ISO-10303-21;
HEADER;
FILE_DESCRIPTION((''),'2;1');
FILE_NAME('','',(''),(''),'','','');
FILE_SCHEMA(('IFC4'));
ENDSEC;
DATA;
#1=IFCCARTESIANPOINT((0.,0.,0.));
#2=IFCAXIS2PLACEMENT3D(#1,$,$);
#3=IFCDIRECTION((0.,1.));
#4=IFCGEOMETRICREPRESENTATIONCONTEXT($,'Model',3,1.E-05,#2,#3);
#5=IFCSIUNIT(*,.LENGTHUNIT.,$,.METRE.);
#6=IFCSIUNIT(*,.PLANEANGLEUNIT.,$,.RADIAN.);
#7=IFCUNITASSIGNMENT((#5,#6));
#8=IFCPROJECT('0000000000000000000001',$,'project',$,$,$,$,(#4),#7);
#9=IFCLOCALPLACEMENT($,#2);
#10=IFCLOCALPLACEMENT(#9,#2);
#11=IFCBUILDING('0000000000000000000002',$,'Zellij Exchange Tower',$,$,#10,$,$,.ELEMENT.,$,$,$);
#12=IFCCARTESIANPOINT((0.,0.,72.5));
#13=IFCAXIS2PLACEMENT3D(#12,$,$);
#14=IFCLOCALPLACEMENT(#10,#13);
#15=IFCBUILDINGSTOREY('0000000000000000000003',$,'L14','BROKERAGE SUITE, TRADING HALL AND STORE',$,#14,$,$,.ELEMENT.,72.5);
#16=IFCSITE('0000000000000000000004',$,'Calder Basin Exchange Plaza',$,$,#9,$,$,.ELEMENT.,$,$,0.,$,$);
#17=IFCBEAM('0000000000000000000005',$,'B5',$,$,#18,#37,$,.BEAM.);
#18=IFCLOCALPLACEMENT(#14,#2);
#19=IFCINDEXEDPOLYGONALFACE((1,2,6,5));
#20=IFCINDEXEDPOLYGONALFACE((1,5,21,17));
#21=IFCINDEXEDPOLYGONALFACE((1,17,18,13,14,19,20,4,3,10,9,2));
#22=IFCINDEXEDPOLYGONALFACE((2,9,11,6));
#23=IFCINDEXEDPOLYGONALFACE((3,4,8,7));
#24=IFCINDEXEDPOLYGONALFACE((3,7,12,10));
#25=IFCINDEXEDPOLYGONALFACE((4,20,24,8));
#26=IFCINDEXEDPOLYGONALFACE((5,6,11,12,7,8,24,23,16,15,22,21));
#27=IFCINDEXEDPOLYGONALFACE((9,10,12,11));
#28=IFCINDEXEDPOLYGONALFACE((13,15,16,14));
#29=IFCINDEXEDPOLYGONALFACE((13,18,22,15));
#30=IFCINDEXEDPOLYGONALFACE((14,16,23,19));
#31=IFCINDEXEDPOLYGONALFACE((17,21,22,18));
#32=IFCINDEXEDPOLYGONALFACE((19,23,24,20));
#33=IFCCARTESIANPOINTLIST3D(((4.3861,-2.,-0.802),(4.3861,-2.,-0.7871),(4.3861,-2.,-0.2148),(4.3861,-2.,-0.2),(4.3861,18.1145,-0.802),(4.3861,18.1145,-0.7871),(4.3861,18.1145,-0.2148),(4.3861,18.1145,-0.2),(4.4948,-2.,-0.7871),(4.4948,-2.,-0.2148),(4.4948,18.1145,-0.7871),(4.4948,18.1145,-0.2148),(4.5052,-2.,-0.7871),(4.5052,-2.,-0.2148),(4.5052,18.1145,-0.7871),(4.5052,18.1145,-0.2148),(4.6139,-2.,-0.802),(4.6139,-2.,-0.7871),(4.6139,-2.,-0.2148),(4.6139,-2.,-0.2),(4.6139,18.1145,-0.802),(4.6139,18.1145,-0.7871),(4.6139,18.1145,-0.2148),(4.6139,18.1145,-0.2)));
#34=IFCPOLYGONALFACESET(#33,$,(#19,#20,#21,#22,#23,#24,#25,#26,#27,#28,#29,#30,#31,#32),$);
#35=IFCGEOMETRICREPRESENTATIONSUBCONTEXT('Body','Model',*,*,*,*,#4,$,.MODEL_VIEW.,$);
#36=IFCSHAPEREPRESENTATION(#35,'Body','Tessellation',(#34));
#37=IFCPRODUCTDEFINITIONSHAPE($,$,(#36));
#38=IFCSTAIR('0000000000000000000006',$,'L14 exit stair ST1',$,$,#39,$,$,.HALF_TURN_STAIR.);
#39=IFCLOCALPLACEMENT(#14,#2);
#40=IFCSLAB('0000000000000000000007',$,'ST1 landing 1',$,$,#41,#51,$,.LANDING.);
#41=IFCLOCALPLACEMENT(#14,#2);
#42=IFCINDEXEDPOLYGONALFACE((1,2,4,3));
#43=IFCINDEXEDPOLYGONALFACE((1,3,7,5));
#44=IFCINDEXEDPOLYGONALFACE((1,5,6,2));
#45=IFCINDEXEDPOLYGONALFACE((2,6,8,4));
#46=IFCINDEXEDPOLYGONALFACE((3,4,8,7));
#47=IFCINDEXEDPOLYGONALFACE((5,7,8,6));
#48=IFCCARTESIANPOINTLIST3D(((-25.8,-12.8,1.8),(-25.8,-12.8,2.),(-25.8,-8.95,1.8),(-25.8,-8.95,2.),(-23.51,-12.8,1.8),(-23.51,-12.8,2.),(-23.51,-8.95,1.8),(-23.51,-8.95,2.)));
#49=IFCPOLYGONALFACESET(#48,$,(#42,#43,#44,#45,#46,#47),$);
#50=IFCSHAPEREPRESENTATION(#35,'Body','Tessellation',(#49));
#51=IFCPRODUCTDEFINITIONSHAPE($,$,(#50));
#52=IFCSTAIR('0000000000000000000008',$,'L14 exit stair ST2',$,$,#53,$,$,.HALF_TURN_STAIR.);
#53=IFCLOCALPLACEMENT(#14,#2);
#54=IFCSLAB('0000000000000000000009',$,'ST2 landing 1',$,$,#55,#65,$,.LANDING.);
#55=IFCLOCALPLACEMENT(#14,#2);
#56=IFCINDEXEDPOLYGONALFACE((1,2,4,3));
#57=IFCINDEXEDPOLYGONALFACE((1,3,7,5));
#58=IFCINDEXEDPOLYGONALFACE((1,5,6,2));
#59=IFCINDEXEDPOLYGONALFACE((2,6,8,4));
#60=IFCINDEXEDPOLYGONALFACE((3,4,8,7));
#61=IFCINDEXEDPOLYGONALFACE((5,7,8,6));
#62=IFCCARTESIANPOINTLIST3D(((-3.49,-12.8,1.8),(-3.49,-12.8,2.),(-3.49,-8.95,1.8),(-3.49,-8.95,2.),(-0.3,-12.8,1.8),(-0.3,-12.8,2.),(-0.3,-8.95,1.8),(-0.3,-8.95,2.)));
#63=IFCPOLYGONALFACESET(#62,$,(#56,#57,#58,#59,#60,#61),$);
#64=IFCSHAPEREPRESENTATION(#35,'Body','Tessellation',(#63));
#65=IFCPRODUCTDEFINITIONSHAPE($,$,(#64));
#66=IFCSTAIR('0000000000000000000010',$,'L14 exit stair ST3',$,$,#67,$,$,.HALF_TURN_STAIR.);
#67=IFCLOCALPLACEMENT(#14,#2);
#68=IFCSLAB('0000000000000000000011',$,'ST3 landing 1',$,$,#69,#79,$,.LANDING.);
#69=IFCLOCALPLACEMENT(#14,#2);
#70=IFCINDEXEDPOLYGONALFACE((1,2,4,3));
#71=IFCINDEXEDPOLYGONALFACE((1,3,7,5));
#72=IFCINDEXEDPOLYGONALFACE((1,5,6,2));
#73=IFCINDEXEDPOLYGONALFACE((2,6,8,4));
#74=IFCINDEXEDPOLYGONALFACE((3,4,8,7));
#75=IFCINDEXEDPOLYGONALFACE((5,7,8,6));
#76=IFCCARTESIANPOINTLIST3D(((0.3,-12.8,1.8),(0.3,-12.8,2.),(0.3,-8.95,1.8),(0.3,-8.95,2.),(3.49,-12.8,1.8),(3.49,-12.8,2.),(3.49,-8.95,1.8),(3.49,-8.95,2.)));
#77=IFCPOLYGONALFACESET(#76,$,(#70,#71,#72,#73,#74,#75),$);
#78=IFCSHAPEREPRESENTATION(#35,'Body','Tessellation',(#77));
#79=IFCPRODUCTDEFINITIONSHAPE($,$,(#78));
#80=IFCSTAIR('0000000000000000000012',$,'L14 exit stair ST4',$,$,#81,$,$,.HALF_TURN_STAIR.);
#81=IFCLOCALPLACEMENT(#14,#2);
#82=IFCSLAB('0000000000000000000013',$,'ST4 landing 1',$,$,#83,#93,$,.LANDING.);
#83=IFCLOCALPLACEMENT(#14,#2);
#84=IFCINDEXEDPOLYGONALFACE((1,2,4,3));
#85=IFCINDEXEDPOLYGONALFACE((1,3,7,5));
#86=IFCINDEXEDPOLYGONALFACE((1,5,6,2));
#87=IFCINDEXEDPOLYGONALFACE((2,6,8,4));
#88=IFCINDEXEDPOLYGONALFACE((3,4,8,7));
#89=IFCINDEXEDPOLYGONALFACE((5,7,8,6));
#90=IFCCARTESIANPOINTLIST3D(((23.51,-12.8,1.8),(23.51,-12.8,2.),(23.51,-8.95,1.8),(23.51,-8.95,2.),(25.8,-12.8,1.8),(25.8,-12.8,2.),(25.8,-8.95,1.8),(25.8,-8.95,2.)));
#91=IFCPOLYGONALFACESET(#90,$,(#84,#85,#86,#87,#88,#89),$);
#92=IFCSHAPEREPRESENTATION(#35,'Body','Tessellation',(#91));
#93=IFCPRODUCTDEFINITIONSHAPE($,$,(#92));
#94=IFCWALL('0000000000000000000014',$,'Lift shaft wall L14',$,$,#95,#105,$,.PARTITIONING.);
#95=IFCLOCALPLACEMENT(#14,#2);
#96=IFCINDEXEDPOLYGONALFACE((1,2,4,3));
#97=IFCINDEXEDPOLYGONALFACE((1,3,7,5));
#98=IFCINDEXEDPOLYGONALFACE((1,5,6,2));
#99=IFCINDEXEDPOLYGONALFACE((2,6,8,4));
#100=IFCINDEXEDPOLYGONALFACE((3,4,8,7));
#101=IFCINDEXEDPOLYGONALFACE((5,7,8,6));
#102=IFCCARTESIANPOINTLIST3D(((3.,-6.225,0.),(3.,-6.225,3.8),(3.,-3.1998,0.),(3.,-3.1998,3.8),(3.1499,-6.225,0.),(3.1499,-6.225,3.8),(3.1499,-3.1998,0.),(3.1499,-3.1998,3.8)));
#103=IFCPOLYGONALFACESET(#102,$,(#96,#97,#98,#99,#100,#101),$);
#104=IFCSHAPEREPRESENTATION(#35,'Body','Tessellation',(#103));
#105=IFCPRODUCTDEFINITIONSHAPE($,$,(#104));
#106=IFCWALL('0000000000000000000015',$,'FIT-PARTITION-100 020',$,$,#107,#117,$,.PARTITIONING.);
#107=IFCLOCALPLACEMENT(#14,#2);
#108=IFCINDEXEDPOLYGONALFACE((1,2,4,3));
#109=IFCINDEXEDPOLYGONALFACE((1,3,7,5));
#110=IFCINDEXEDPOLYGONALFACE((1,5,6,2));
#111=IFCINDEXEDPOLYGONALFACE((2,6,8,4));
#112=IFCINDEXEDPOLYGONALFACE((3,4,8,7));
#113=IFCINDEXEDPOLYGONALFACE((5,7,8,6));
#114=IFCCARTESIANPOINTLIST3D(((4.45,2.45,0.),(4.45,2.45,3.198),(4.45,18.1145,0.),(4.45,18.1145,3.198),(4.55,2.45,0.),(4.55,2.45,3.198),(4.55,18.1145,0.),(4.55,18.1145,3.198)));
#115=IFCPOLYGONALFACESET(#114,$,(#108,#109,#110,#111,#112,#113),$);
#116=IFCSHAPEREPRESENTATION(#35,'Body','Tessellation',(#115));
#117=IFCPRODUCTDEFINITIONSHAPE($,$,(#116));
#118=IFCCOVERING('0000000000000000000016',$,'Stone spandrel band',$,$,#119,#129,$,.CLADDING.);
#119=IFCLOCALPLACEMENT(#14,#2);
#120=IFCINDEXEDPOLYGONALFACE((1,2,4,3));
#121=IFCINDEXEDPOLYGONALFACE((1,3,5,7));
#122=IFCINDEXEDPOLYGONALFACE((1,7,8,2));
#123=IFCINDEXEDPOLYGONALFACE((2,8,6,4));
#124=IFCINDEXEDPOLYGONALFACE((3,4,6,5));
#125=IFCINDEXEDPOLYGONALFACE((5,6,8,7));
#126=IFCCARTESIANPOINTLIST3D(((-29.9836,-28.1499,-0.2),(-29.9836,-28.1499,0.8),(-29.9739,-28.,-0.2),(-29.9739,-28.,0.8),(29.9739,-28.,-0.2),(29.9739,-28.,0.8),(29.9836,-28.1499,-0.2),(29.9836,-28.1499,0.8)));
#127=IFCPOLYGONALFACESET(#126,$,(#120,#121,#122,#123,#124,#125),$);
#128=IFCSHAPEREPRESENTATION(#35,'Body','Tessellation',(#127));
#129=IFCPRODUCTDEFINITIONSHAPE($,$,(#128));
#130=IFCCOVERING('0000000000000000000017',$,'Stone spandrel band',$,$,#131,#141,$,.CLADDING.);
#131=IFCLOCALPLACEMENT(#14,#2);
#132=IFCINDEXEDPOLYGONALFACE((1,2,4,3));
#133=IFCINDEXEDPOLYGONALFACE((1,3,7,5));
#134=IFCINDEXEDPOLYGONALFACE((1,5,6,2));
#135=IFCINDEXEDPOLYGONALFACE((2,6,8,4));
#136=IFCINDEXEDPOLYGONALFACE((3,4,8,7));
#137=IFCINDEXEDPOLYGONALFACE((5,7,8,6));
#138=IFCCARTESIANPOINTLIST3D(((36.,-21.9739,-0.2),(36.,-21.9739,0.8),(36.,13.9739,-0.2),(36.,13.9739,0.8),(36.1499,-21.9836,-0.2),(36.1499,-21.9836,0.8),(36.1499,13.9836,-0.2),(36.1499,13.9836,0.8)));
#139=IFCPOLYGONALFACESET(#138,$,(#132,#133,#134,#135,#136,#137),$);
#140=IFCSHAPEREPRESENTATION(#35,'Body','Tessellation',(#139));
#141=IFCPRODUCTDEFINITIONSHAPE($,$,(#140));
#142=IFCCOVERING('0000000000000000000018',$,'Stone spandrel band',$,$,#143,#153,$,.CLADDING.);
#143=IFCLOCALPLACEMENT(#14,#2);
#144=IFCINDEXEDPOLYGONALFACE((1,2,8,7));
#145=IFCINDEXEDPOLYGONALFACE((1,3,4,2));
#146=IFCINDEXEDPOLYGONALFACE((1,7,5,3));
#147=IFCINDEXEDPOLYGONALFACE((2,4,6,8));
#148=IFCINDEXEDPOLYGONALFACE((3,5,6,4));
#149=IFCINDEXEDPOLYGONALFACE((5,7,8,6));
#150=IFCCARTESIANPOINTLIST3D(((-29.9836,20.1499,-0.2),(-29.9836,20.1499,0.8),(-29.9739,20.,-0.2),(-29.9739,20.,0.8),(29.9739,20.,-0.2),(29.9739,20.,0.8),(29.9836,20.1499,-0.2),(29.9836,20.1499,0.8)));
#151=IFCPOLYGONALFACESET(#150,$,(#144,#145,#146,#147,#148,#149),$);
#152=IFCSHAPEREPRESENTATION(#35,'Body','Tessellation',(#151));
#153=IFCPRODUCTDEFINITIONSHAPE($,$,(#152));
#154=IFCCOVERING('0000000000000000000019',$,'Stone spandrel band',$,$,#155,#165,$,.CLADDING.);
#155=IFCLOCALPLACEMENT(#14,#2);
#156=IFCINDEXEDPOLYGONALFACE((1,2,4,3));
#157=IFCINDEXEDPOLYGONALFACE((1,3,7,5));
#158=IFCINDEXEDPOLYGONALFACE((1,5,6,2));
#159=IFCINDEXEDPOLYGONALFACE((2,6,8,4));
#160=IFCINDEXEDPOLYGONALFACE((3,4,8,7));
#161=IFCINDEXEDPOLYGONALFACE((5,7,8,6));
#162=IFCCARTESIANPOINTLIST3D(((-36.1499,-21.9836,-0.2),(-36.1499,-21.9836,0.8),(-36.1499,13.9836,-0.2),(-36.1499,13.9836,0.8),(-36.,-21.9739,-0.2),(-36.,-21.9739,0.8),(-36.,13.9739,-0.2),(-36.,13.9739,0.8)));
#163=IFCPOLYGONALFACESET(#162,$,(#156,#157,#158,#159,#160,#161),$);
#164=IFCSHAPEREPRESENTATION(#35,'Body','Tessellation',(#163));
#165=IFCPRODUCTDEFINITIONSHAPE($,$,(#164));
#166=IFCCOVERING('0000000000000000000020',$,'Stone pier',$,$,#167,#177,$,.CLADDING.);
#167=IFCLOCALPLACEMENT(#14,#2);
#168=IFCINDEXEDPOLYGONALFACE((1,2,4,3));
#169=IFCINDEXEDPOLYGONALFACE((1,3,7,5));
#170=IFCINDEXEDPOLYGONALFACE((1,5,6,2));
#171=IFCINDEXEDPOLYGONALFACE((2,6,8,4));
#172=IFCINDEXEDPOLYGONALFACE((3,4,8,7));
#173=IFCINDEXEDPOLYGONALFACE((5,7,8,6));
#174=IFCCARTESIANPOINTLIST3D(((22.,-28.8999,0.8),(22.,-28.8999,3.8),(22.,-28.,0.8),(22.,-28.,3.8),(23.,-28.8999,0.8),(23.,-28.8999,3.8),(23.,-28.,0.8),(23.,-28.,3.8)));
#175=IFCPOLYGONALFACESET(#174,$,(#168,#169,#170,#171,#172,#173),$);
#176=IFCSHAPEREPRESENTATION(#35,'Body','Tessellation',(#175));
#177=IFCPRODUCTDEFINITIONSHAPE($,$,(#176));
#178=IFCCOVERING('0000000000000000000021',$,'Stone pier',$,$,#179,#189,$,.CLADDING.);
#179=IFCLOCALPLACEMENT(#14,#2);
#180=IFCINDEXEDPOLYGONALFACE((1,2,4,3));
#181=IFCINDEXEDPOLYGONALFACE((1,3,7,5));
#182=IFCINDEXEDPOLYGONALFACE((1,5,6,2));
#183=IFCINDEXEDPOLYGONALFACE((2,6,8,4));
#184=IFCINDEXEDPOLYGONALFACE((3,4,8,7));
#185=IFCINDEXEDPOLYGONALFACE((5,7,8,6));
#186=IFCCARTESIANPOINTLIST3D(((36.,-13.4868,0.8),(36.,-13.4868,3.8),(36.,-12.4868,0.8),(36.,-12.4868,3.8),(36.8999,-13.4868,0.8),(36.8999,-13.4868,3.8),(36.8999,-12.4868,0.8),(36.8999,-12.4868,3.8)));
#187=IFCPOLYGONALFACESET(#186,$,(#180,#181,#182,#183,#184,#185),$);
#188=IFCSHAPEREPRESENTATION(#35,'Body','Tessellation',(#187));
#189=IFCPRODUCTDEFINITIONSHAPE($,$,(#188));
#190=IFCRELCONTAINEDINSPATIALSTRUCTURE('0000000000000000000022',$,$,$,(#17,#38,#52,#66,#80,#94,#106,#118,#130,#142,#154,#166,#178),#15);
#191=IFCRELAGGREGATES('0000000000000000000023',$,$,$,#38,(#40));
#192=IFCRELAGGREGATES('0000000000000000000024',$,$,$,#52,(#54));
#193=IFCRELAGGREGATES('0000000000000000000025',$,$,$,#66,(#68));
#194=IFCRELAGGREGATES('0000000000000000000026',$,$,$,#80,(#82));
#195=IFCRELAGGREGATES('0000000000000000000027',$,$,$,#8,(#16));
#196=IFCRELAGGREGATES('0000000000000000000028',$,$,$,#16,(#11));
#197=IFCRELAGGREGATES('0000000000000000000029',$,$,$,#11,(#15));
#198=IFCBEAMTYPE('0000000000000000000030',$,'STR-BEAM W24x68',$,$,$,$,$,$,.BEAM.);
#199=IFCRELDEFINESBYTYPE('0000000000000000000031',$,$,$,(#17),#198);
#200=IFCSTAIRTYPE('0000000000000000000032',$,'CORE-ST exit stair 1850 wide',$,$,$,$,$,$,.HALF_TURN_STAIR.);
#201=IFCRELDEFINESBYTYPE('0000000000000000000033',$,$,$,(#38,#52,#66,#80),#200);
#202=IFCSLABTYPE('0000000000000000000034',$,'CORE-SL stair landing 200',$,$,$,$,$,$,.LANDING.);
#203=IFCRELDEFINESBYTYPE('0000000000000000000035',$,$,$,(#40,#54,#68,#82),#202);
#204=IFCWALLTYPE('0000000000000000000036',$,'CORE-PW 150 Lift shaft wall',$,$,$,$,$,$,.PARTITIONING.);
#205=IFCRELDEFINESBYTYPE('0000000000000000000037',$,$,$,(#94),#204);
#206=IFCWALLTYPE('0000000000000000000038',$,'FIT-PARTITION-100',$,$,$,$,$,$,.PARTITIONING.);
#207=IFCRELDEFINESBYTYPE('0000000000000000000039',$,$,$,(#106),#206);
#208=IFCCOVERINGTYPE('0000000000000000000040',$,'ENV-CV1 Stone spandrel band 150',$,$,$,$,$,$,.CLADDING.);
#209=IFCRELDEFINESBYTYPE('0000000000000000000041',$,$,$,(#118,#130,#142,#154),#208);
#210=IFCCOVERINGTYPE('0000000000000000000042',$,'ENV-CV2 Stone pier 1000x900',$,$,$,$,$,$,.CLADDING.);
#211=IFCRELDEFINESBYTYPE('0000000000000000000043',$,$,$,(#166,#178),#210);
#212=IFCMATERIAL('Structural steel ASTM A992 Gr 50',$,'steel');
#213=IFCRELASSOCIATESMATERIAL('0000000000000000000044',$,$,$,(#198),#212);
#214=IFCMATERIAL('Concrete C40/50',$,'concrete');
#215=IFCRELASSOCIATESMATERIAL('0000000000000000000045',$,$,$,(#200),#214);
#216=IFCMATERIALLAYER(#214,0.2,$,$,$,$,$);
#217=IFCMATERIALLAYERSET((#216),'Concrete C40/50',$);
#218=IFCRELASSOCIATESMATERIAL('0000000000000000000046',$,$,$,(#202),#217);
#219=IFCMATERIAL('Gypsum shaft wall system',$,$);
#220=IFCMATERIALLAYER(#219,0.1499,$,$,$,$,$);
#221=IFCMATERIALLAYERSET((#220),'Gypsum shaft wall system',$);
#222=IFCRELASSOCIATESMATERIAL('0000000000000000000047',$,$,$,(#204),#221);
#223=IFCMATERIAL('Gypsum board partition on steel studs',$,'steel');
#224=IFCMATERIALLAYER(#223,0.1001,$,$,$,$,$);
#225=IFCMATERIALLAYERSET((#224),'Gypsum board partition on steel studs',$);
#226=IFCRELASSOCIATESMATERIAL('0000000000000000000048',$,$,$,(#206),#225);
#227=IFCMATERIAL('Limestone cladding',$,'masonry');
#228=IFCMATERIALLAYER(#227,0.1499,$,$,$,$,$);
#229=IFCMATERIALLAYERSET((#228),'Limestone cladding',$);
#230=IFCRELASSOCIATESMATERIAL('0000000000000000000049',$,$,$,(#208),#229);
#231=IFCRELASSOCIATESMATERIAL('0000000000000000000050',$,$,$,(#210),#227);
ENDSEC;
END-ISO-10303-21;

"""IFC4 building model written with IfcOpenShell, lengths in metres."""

from ifc_helpers import new_model, si_unit, direction, frame, frame_2d, origin, origin_2d, place, context, subcontext, project, spatial, polyline, rectangle, i_section, outline, extrude, material, layer, layer_set, material_profile, profile_set, type_object, element, aggregate, save


model = new_model("IFC4")

# Units and contexts
model_context = context("Model", 3, precision=1e-05, world=origin(), true_north=direction((0.0, 1.0)))
body_context = subcontext(model_context, "Body", "Model", "MODEL_VIEW")
ifc_project = project(units=[si_unit("LENGTHUNIT", "METRE"), si_unit("PLANEANGLEUNIT", "RADIAN")], contexts=[model_context])

# Site, building, storey
site_placement = place(None, origin())
site = spatial("IfcSite", under=ifc_project, at=site_placement, Name="Calder Basin Exchange Plaza", CompositionType="ELEMENT", RefElevation=0.0)
building_placement = place(site_placement, origin())
building = spatial("IfcBuilding", under=site, at=building_placement, Name="Zellij Exchange Tower", CompositionType="ELEMENT")
storey_placement = place(building_placement, frame((0.0, 0.0, 72.5)))
storey = spatial("IfcBuildingStorey", under=building, at=storey_placement, Name="L14", Description="BROKERAGE SUITE, TRADING HALL AND STORE", CompositionType="ELEMENT", Elevation=72.5)

# Beam
ifc_material_1 = material(Name="Structural steel ASTM A992 Gr 50", Category="steel")
ifc_material_profile = material_profile(ifc_material_1, i_section(OverallWidth=0.2278, OverallDepth=0.6021, WebThickness=0.0105, FlangeThickness=0.0149, at=origin_2d()), Name="W24x68")
ifc_profile_set = profile_set([ifc_material_profile], Name="Structural steel ASTM A992 Gr 50")
beam_type = type_object("IfcBeamType", Name="STR-BEAM W24x68", PredefinedType="BEAM", material=ifc_profile_set)
beam_placement = place(storey_placement, frame((4.5, -2.0, -0.501), z_axis=(0.0, 1.0, 0.0), x_axis=(-1.0, 0.0, 0.0)))
element("IfcBeam", 1, at=beam_placement, inside=storey, type_object=beam_type, Name="B5", PredefinedType="BEAM", context=body_context, shape_type="SweptSolid", body=[
    extrude(i_section(OverallWidth=0.2278, OverallDepth=0.6021, WebThickness=0.0105, FlangeThickness=0.0149, at=origin_2d()), origin(), (0.0, 0.0, 1.0), 20.1145),
])

# Stairs, slabs
ifc_material_2 = material(Name="Concrete C40/50", Category="concrete")
stair_type = type_object("IfcStairType", Name="CORE-ST exit stair 1850 wide", PredefinedType="HALF_TURN_STAIR", material=ifc_material_2)
stair_1_placement = place(storey_placement, origin())
stair_1 = element("IfcStair", 2, at=stair_1_placement, inside=storey, type_object=stair_type, Name="L14 exit stair ST1", PredefinedType="HALF_TURN_STAIR")
ifc_layer_1 = layer(ifc_material_2, 0.2)
ifc_layer_set_1 = layer_set([ifc_layer_1], Name="Concrete C40/50")
slab_type = type_object("IfcSlabType", Name="CORE-SL stair landing 200", PredefinedType="LANDING", material=ifc_layer_set_1)
slab_1_placement = place(storey_placement, frame((0.0, 0.0, 1.8)))
slab_1 = element("IfcSlab", 3, at=slab_1_placement, type_object=slab_type, Name="ST1 landing 1", PredefinedType="LANDING", context=body_context, shape_type="SweptSolid", body=[
    extrude(outline(polyline([(-23.51, -8.95), (-25.8, -8.95), (-25.8, -12.8), (-23.51, -12.8), (-23.51, -8.95)])), origin(), (0.0, 0.0, 1.0), 0.2),
])
aggregate(stair_1, [slab_1])
stair_2_placement = place(storey_placement, origin())
stair_2 = element("IfcStair", 4, at=stair_2_placement, inside=storey, type_object=stair_type, Name="L14 exit stair ST2", PredefinedType="HALF_TURN_STAIR")
slab_2_placement = place(storey_placement, frame((0.0, 0.0, 1.8)))
slab_2 = element("IfcSlab", 5, at=slab_2_placement, type_object=slab_type, Name="ST2 landing 1", PredefinedType="LANDING", context=body_context, shape_type="SweptSolid", body=[
    extrude(outline(polyline([(-3.49, -12.8), (-0.3, -12.8), (-0.3, -8.95), (-3.49, -8.95), (-3.49, -12.8)])), origin(), (0.0, 0.0, 1.0), 0.2),
])
aggregate(stair_2, [slab_2])
stair_3_placement = place(storey_placement, origin())
stair_3 = element("IfcStair", 6, at=stair_3_placement, inside=storey, type_object=stair_type, Name="L14 exit stair ST3", PredefinedType="HALF_TURN_STAIR")
slab_3_placement = place(storey_placement, frame((0.0, 0.0, 1.8)))
slab_3 = element("IfcSlab", 7, at=slab_3_placement, type_object=slab_type, Name="ST3 landing 1", PredefinedType="LANDING", context=body_context, shape_type="SweptSolid", body=[
    extrude(outline(polyline([(3.49, -8.95), (0.3, -8.95), (0.3, -12.8), (3.49, -12.8), (3.49, -8.95)])), origin(), (0.0, 0.0, 1.0), 0.2),
])
aggregate(stair_3, [slab_3])
stair_4_placement = place(storey_placement, origin())
stair_4 = element("IfcStair", 8, at=stair_4_placement, inside=storey, type_object=stair_type, Name="L14 exit stair ST4", PredefinedType="HALF_TURN_STAIR")
slab_4_placement = place(storey_placement, frame((0.0, 0.0, 1.8)))
slab_4 = element("IfcSlab", 9, at=slab_4_placement, type_object=slab_type, Name="ST4 landing 1", PredefinedType="LANDING", context=body_context, shape_type="SweptSolid", body=[
    extrude(outline(polyline([(23.51, -12.8), (25.8, -12.8), (25.8, -8.95), (23.51, -8.95), (23.51, -12.8)])), origin(), (0.0, 0.0, 1.0), 0.2),
])
aggregate(stair_4, [slab_4])

# Walls
ifc_material_3 = material(Name="Gypsum shaft wall system")
ifc_layer_2 = layer(ifc_material_3, 0.1499)
ifc_layer_set_2 = layer_set([ifc_layer_2], Name="Gypsum shaft wall system")
wall_type_1 = type_object("IfcWallType", Name="CORE-PW 150 Lift shaft wall", PredefinedType="PARTITIONING", material=ifc_layer_set_2)
wall_1_placement = place(storey_placement, frame((3.075, -6.2251, 0.0), z_axis=(0.0, 0.0, 1.0), x_axis=(0.0, 1.0, 0.0)))
element("IfcWall", 10, at=wall_1_placement, inside=storey, type_object=wall_type_1, Name="Lift shaft wall L14", PredefinedType="PARTITIONING", context=body_context, shape_type="SweptSolid", body=[
    extrude(rectangle(XDim=3.0251, YDim=0.1499, at=frame_2d((1.5127, 0.0))), origin(), (0.0, 0.0, 1.0), 3.8),
])
ifc_material_4 = material(Name="Gypsum board partition on steel studs", Category="steel")
ifc_layer_3 = layer(ifc_material_4, 0.1001)
ifc_layer_set_3 = layer_set([ifc_layer_3], Name="Gypsum board partition on steel studs")
wall_type_2 = type_object("IfcWallType", Name="FIT-PARTITION-100", PredefinedType="PARTITIONING", material=ifc_layer_set_3)
wall_2_placement = place(storey_placement, frame((4.5, 2.45, 0.0), z_axis=(0.0, 0.0, 1.0), x_axis=(0.0, 1.0, 0.0)))
element("IfcWall", 11, at=wall_2_placement, inside=storey, type_object=wall_type_2, Name="FIT-PARTITION-100 020", PredefinedType="PARTITIONING", context=body_context, shape_type="SweptSolid", body=[
    extrude(rectangle(XDim=15.6646, YDim=0.1001, at=frame_2d((7.8323, 0.0))), origin(), (0.0, 0.0, 1.0), 3.198),
])

# Coverings
ifc_material_5 = material(Name="Limestone cladding", Category="masonry")
ifc_layer_4 = layer(ifc_material_5, 0.1499)
ifc_layer_set_4 = layer_set([ifc_layer_4], Name="Limestone cladding")
covering_type_1 = type_object("IfcCoveringType", Name="ENV-CV1 Stone spandrel band 150", PredefinedType="CLADDING", material=ifc_layer_set_4)
covering_1_placement = place(storey_placement, frame((0.0, 0.0, -0.2)))
element("IfcCovering", 12, at=covering_1_placement, inside=storey, type_object=covering_type_1, Name="Stone spandrel band", PredefinedType="CLADDING", context=body_context, shape_type="SweptSolid", body=[
    extrude(outline(polyline([(-29.9739, -28.0), (29.9739, -28.0), (29.9836, -28.1499), (-29.9836, -28.1499), (-29.9739, -28.0)])), origin(), (0.0, 0.0, 1.0), 1.0),
])
covering_2_placement = place(storey_placement, frame((0.0, 0.0, -0.2)))
element("IfcCovering", 13, at=covering_2_placement, inside=storey, type_object=covering_type_1, Name="Stone spandrel band", PredefinedType="CLADDING", context=body_context, shape_type="SweptSolid", body=[
    extrude(outline(polyline([(36.0, -21.9739), (36.0, 13.9739), (36.1499, 13.9836), (36.1499, -21.9836), (36.0, -21.9739)])), origin(), (0.0, 0.0, 1.0), 1.0),
])
covering_3_placement = place(storey_placement, frame((0.0, 0.0, -0.2)))
element("IfcCovering", 14, at=covering_3_placement, inside=storey, type_object=covering_type_1, Name="Stone spandrel band", PredefinedType="CLADDING", context=body_context, shape_type="SweptSolid", body=[
    extrude(outline(polyline([(29.9739, 20.0), (-29.9739, 20.0), (-29.9836, 20.1499), (29.9836, 20.1499), (29.9739, 20.0)])), origin(), (0.0, 0.0, 1.0), 1.0),
])
covering_4_placement = place(storey_placement, frame((0.0, 0.0, -0.2)))
element("IfcCovering", 15, at=covering_4_placement, inside=storey, type_object=covering_type_1, Name="Stone spandrel band", PredefinedType="CLADDING", context=body_context, shape_type="SweptSolid", body=[
    extrude(outline(polyline([(-36.0, 13.9739), (-36.0, -21.9739), (-36.1499, -21.9836), (-36.1499, 13.9836), (-36.0, 13.9739)])), origin(), (0.0, 0.0, 1.0), 1.0),
])
covering_type_2 = type_object("IfcCoveringType", Name="ENV-CV2 Stone pier 1000x900", PredefinedType="CLADDING", material=ifc_material_5)
covering_5_placement = place(storey_placement, frame((0.0, 0.0, 0.8)))
element("IfcCovering", 16, at=covering_5_placement, inside=storey, type_object=covering_type_2, Name="Stone pier", PredefinedType="CLADDING", context=body_context, shape_type="SweptSolid", body=[
    extrude(outline(polyline([(22.0, -28.0), (23.0, -28.0), (23.0, -28.8999), (22.0, -28.8999), (22.0, -28.0)])), origin(), (0.0, 0.0, 1.0), 3.0),
])
covering_6_placement = place(storey_placement, frame((0.0, 0.0, 0.8)))
element("IfcCovering", 17, at=covering_6_placement, inside=storey, type_object=covering_type_2, Name="Stone pier", PredefinedType="CLADDING", context=body_context, shape_type="SweptSolid", body=[
    extrude(outline(polyline([(36.0, -13.4868), (36.0, -12.4868), (36.8999, -12.4868), (36.8999, -13.4868), (36.0, -13.4868)])), origin(), (0.0, 0.0, 1.0), 3.0),
])

save(model, "model.ifc")
